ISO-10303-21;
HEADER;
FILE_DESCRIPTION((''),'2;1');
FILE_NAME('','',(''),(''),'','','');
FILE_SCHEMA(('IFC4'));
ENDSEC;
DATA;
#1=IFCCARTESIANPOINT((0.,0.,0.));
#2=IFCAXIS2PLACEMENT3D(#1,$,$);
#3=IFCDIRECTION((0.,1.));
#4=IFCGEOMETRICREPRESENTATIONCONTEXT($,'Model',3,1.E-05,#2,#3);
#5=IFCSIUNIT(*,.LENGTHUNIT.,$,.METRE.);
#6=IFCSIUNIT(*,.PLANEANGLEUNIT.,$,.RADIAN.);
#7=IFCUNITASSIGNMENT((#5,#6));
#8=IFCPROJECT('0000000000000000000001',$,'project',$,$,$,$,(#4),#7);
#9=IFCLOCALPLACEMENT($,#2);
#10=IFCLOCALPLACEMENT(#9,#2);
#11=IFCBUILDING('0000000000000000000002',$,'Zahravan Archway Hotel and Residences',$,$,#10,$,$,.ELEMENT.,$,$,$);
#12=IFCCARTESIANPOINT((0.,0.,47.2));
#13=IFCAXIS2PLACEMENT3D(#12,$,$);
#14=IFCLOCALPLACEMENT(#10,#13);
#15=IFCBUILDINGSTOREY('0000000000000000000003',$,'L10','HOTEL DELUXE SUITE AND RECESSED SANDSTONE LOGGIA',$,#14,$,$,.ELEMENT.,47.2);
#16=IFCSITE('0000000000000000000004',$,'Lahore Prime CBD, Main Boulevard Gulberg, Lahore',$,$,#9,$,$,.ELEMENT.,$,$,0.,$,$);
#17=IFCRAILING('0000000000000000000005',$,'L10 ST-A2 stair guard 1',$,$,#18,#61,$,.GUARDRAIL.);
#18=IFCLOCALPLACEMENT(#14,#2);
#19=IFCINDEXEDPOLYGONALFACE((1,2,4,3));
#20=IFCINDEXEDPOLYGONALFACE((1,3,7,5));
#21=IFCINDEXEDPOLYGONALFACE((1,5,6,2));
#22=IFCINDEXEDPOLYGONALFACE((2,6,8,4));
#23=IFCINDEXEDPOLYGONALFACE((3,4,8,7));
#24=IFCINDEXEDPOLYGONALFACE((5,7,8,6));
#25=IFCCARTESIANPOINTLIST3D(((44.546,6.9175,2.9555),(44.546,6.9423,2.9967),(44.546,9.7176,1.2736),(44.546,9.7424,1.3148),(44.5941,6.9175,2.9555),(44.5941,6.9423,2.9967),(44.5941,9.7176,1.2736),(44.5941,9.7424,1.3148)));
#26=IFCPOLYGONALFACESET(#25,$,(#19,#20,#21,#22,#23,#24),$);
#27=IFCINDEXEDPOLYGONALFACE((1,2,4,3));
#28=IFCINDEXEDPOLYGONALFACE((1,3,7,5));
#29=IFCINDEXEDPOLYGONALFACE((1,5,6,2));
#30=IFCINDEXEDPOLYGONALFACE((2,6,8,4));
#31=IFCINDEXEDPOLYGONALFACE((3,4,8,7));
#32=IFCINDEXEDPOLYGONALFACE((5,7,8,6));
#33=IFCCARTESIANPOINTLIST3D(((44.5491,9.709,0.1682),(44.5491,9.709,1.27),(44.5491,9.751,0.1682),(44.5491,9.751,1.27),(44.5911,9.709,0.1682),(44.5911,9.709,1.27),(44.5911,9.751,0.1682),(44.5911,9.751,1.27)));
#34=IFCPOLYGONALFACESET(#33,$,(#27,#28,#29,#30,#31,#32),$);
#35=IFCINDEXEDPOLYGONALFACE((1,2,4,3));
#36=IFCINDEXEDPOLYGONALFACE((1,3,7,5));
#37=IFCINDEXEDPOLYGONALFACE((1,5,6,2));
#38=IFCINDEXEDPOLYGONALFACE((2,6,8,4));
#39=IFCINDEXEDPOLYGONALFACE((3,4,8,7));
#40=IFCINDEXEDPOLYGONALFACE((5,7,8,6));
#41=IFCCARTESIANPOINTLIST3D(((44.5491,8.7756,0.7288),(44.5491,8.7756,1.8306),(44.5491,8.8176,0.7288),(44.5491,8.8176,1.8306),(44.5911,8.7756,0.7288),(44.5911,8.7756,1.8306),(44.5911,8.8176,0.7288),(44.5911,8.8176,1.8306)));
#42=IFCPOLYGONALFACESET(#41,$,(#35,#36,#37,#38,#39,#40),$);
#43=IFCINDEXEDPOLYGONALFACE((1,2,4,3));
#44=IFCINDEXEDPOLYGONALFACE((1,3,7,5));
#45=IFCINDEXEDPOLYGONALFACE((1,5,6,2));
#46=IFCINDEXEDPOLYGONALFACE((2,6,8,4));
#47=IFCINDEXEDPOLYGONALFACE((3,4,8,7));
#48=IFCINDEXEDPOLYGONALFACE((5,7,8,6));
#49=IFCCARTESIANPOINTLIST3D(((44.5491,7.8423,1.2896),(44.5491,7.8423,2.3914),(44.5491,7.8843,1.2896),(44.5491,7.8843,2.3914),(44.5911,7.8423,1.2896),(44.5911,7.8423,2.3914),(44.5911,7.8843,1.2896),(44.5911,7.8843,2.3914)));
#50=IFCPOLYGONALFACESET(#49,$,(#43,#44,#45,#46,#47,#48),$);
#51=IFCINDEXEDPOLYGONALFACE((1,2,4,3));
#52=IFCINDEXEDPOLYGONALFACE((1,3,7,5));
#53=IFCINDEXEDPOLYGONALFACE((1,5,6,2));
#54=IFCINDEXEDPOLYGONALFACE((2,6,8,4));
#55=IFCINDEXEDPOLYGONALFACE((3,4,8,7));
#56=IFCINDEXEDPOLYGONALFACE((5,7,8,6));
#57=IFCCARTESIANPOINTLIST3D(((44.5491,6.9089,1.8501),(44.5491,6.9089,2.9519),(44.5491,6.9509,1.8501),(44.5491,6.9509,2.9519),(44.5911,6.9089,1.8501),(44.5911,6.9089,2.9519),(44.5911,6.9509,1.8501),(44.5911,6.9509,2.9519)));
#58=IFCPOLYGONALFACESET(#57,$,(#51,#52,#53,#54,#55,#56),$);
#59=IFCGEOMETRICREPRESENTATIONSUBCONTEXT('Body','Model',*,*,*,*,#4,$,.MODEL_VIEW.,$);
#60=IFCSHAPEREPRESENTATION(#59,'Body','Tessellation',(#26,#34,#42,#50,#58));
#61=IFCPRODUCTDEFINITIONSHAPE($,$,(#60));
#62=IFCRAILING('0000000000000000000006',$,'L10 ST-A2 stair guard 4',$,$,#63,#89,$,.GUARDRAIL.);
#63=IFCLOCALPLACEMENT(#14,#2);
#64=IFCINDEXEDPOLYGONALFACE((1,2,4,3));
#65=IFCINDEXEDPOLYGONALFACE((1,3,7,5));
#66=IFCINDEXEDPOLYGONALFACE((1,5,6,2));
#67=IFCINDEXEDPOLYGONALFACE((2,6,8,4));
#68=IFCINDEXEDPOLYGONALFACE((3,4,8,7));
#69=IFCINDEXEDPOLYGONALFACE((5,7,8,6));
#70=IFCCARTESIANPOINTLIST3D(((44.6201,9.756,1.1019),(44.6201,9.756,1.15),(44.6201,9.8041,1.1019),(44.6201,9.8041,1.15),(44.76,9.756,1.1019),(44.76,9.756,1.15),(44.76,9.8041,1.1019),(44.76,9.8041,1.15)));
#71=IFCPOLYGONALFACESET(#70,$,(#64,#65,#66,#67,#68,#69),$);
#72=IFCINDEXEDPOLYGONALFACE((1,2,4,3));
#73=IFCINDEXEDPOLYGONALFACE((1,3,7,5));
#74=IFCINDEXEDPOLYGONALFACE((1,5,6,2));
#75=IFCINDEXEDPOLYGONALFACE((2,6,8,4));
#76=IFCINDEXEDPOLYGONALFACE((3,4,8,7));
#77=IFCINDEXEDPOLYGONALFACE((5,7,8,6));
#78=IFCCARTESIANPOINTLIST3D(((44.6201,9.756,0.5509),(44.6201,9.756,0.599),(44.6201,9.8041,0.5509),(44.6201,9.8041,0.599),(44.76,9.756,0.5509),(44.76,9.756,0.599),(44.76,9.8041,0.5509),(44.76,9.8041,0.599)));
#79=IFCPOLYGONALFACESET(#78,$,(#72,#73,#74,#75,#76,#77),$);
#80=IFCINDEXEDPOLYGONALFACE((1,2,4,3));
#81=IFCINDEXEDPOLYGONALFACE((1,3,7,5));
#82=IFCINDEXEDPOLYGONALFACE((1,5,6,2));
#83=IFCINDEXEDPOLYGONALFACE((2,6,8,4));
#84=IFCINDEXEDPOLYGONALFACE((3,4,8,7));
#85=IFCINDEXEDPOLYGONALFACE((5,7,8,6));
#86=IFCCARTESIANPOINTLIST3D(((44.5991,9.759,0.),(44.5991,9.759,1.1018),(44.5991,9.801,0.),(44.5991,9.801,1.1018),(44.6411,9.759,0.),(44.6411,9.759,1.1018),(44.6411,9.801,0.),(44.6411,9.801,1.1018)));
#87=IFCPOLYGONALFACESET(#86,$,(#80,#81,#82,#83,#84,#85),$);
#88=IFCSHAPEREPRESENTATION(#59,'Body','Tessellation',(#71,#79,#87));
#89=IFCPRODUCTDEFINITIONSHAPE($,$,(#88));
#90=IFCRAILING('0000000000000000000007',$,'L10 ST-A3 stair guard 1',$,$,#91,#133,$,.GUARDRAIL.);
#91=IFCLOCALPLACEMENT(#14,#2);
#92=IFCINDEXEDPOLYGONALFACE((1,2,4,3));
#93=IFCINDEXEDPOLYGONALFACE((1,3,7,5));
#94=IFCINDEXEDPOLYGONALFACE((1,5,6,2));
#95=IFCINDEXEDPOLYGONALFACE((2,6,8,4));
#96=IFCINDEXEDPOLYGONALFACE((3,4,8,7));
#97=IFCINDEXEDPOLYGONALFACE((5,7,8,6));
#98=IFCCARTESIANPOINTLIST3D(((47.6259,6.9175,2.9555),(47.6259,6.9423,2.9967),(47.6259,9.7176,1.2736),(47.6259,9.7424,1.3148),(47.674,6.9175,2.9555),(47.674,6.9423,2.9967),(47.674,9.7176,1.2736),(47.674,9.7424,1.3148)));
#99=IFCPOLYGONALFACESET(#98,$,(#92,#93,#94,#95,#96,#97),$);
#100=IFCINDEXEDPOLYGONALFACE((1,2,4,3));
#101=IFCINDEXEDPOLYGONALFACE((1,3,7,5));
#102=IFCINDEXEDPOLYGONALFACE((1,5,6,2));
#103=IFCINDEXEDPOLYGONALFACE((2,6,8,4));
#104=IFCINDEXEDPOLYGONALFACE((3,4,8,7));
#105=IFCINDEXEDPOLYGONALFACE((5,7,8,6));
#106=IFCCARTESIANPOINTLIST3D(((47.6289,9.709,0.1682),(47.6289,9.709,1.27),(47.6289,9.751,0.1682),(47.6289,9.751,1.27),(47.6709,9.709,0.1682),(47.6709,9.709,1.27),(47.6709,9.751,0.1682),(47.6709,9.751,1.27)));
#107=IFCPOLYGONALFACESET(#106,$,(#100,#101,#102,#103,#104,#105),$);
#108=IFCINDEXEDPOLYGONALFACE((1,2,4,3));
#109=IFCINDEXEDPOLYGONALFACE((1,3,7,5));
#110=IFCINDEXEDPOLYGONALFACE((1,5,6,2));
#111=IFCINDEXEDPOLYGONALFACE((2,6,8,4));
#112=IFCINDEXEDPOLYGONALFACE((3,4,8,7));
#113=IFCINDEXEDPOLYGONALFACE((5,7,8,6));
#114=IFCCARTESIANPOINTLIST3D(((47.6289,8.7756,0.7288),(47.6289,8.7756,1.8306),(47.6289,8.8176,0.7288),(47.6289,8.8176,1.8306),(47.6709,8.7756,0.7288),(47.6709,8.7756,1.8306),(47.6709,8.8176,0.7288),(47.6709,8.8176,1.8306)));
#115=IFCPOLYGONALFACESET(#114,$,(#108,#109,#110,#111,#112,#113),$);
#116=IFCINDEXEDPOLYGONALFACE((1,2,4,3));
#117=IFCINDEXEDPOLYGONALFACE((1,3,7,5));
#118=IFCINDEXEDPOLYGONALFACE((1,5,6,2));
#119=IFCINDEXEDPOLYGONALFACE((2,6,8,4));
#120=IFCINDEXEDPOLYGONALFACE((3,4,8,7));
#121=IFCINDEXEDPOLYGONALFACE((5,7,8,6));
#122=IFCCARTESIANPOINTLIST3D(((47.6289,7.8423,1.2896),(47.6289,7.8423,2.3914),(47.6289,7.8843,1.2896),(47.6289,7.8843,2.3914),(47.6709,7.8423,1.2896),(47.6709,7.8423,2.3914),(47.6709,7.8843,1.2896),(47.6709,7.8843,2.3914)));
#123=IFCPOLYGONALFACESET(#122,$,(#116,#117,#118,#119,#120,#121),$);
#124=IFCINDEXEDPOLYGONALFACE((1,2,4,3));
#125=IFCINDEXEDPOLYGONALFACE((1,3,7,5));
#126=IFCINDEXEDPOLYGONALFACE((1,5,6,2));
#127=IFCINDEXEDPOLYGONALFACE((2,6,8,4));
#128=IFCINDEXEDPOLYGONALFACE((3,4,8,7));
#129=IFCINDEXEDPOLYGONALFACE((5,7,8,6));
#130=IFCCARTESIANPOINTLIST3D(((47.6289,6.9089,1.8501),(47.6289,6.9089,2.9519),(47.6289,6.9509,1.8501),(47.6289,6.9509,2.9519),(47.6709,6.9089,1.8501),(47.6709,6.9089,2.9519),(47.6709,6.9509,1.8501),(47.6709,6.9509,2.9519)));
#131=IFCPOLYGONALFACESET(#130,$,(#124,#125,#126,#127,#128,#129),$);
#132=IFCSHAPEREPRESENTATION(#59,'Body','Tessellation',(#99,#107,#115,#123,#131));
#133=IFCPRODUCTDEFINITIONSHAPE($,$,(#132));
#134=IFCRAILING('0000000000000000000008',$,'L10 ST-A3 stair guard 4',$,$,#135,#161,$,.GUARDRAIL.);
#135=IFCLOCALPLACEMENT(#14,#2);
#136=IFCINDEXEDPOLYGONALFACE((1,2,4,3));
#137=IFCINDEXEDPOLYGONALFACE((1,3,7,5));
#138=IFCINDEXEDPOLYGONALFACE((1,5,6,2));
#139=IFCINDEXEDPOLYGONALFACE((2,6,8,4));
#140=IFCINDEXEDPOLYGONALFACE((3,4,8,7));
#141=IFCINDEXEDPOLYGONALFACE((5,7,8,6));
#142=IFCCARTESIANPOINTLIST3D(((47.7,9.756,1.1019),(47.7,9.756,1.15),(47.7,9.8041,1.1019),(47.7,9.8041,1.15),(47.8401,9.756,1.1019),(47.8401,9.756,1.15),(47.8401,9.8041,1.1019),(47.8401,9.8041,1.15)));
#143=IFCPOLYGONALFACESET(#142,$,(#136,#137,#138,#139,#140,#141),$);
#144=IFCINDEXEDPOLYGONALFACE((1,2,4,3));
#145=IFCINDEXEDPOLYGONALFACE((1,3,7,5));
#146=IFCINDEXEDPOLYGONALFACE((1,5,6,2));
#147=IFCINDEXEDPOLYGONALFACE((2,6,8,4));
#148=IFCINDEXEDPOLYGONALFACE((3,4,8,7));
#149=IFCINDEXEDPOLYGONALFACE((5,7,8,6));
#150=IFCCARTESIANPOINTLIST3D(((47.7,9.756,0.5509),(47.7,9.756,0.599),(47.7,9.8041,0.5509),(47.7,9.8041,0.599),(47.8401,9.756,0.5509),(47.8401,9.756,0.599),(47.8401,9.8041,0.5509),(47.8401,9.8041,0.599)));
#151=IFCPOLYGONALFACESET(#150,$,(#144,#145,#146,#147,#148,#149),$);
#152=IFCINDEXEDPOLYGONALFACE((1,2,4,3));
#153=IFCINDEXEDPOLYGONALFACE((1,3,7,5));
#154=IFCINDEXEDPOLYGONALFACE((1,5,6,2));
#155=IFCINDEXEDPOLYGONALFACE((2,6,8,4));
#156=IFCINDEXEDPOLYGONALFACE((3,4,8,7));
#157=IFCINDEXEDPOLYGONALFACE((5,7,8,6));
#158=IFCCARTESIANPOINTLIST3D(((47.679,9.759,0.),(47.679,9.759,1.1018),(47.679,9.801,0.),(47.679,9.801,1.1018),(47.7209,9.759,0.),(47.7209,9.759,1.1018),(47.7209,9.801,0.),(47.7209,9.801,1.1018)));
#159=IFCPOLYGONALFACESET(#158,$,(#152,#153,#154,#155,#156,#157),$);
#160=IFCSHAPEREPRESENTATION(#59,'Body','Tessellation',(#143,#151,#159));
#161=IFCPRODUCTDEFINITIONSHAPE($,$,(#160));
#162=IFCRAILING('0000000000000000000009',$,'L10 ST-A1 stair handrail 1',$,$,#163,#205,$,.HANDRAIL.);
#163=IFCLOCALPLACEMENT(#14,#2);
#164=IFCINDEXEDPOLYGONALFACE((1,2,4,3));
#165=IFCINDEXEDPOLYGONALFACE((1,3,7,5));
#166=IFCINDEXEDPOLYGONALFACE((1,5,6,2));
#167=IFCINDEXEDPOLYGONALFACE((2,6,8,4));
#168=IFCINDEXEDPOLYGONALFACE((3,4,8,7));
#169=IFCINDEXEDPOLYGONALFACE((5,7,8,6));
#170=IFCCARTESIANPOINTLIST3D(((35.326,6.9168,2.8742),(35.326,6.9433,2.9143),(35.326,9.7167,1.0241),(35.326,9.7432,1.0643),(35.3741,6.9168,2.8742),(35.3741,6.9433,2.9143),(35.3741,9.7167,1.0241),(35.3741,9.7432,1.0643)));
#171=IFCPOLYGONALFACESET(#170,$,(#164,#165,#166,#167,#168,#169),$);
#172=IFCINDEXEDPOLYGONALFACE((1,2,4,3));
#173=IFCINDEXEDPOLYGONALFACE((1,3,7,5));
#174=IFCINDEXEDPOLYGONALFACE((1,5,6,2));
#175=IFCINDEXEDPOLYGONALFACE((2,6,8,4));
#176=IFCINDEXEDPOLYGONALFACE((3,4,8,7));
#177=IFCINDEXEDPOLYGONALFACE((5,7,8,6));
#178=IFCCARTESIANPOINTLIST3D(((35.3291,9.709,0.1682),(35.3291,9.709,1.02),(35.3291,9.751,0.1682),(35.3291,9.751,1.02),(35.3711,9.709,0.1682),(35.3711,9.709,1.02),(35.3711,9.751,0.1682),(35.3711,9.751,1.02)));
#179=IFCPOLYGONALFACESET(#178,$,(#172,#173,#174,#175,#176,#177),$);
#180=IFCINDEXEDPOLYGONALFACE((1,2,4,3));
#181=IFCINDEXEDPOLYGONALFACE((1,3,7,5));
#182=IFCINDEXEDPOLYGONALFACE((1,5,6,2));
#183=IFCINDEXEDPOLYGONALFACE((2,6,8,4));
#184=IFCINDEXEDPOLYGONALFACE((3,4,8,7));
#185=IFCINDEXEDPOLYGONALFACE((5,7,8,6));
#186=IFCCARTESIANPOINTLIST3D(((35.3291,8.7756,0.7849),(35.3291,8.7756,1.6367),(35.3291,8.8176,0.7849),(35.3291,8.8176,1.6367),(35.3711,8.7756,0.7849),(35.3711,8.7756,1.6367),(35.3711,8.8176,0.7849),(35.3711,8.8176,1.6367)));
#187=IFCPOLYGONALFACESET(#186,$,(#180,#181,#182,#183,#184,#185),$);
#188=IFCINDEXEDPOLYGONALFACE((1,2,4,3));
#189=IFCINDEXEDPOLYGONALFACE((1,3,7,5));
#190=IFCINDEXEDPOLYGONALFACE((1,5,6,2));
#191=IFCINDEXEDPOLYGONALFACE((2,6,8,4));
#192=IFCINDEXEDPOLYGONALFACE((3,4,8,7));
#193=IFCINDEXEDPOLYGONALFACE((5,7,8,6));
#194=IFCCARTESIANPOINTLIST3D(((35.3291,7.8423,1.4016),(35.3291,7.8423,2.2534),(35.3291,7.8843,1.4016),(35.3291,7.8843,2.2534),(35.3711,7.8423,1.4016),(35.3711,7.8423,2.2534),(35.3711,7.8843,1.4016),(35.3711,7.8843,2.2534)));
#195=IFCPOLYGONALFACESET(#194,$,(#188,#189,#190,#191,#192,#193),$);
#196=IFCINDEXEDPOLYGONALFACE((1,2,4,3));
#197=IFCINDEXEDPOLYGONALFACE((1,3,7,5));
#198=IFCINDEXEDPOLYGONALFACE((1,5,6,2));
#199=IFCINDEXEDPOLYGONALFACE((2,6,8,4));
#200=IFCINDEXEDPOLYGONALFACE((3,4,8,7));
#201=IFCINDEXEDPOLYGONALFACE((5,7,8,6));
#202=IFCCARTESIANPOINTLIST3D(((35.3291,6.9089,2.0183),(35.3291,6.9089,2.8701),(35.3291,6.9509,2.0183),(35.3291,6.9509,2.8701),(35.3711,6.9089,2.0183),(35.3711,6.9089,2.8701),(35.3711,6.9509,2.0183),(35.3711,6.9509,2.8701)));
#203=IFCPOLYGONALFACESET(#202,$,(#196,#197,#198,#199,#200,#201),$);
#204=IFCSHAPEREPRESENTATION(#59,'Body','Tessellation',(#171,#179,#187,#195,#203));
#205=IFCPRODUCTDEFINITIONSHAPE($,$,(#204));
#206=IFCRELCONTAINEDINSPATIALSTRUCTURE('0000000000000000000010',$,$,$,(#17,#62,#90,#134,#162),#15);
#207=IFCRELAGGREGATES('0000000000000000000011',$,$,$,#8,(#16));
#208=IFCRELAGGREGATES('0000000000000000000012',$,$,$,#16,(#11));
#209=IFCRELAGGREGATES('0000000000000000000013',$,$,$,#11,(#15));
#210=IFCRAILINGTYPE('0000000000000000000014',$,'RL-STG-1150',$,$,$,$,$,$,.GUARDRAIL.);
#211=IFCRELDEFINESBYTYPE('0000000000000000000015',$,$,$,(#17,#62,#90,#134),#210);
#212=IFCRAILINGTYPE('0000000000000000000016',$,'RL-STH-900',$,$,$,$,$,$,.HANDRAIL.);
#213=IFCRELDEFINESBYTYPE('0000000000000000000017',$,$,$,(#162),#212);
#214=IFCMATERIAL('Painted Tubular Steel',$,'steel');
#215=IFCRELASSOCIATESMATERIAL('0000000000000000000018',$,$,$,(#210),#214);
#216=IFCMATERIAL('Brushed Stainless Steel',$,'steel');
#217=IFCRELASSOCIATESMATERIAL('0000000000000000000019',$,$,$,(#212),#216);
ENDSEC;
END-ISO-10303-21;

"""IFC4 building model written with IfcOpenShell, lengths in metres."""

from ifc_helpers import new_model, si_unit, direction, frame, origin, origin_2d, place, context, subcontext, project, spatial, rectangle, extrude, material, type_object, element, save


model = new_model("IFC4")

# Units and contexts
model_context = context("Model", 3, precision=1e-05, world=origin(), true_north=direction((0.0, 1.0)))
body_context = subcontext(model_context, "Body", "Model", "MODEL_VIEW")
ifc_project = project(units=[si_unit("LENGTHUNIT", "METRE"), si_unit("PLANEANGLEUNIT", "RADIAN")], contexts=[model_context])

# Site, building, storey
site_placement = place(None, origin())
site = spatial("IfcSite", under=ifc_project, at=site_placement, Name="Lahore Prime CBD, Main Boulevard Gulberg, Lahore", CompositionType="ELEMENT", RefElevation=0.0)
building_placement = place(site_placement, origin())
building = spatial("IfcBuilding", under=site, at=building_placement, Name="Zahravan Archway Hotel and Residences", CompositionType="ELEMENT")
storey_placement = place(building_placement, frame((0.0, 0.0, 47.2)))
storey = spatial("IfcBuildingStorey", under=building, at=storey_placement, Name="L10", Description="HOTEL DELUXE SUITE AND RECESSED SANDSTONE LOGGIA", CompositionType="ELEMENT", Elevation=47.2)

# Shared definitions
ifc_material_1 = material(Name="Brushed Stainless Steel", Category="steel")

# Railings
ifc_material_2 = material(Name="Painted Tubular Steel", Category="steel")
railing_type_1 = type_object("IfcRailingType", Name="RL-STG-1150", PredefinedType="GUARDRAIL", material=ifc_material_2)
railing_1_placement = place(storey_placement, frame((44.5701, 9.73, 0.1682)))
element("IfcRailing", 1, at=railing_1_placement, inside=storey, type_object=railing_type_1, Name="L10 ST-A2 stair guard 1", PredefinedType="GUARDRAIL", context=body_context, shape_type="SweptSolid", body=[
    extrude(rectangle(XDim=0.0481, YDim=0.0481, at=origin_2d()), frame((0.0, 0.0, 1.126), z_axis=(0.0, -0.857242, 0.514913), x_axis=(1.0, 0.0, 0.0)), (0.0, 0.0, 1.0), 3.2664),
    extrude(rectangle(XDim=0.042, YDim=0.042, at=origin_2d()), origin(), (0.0, 0.0, 1.0), 1.1018),
    extrude(rectangle(XDim=0.042, YDim=0.042, at=origin_2d()), frame((0.0, -0.9333, 0.5605)), (0.0, 0.0, 1.0), 1.1018),
    extrude(rectangle(XDim=0.042, YDim=0.042, at=origin_2d()), frame((0.0, -1.8667, 1.1213)), (0.0, 0.0, 1.0), 1.1018),
    extrude(rectangle(XDim=0.042, YDim=0.042, at=origin_2d()), frame((0.0, -2.8, 1.6819)), (0.0, 0.0, 1.0), 1.1018),
])
railing_2_placement = place(storey_placement, frame((44.6201, 9.78, 0.0)))
element("IfcRailing", 2, at=railing_2_placement, inside=storey, type_object=railing_type_1, Name="L10 ST-A2 stair guard 4", PredefinedType="GUARDRAIL", context=body_context, shape_type="SweptSolid", body=[
    extrude(rectangle(XDim=0.0481, YDim=0.0481, at=origin_2d()), frame((0.0, 0.0, 1.126), z_axis=(1.0, 0.0, 0.0), x_axis=(0.0, 1.0, 0.0)), (0.0, 0.0, 1.0), 0.1399),
    extrude(rectangle(XDim=0.0481, YDim=0.0481, at=origin_2d()), frame((0.0, 0.0, 0.575), z_axis=(1.0, 0.0, 0.0), x_axis=(0.0, 1.0, 0.0)), (0.0, 0.0, 1.0), 0.1399),
    extrude(rectangle(XDim=0.042, YDim=0.042, at=origin_2d()), origin(), (0.0, 0.0, 1.0), 1.1018),
])
railing_3_placement = place(storey_placement, frame((47.6499, 9.73, 0.1682)))
element("IfcRailing", 3, at=railing_3_placement, inside=storey, type_object=railing_type_1, Name="L10 ST-A3 stair guard 1", PredefinedType="GUARDRAIL", context=body_context, shape_type="SweptSolid", body=[
    extrude(rectangle(XDim=0.0481, YDim=0.0481, at=origin_2d()), frame((0.0, 0.0, 1.126), z_axis=(0.0, -0.857242, 0.514913), x_axis=(1.0, 0.0, 0.0)), (0.0, 0.0, 1.0), 3.2664),
    extrude(rectangle(XDim=0.042, YDim=0.042, at=origin_2d()), origin(), (0.0, 0.0, 1.0), 1.1018),
    extrude(rectangle(XDim=0.042, YDim=0.042, at=origin_2d()), frame((0.0, -0.9333, 0.5605)), (0.0, 0.0, 1.0), 1.1018),
    extrude(rectangle(XDim=0.042, YDim=0.042, at=origin_2d()), frame((0.0, -1.8667, 1.1213)), (0.0, 0.0, 1.0), 1.1018),
    extrude(rectangle(XDim=0.042, YDim=0.042, at=origin_2d()), frame((0.0, -2.8, 1.6819)), (0.0, 0.0, 1.0), 1.1018),
])
railing_4_placement = place(storey_placement, frame((47.7, 9.78, 0.0)))
element("IfcRailing", 4, at=railing_4_placement, inside=storey, type_object=railing_type_1, Name="L10 ST-A3 stair guard 4", PredefinedType="GUARDRAIL", context=body_context, shape_type="SweptSolid", body=[
    extrude(rectangle(XDim=0.0481, YDim=0.0481, at=origin_2d()), frame((0.0, 0.0, 1.126), z_axis=(1.0, 0.0, 0.0), x_axis=(0.0, 1.0, 0.0)), (0.0, 0.0, 1.0), 0.1401),
    extrude(rectangle(XDim=0.0481, YDim=0.0481, at=origin_2d()), frame((0.0, 0.0, 0.575), z_axis=(1.0, 0.0, 0.0), x_axis=(0.0, 1.0, 0.0)), (0.0, 0.0, 1.0), 0.1401),
    extrude(rectangle(XDim=0.042, YDim=0.042, at=origin_2d()), origin(), (0.0, 0.0, 1.0), 1.1018),
])
railing_type_2 = type_object("IfcRailingType", Name="RL-STH-900", PredefinedType="HANDRAIL", material=ifc_material_1)
for number, where, name in (
    (5, (35.3501, 9.73, 0.1682), "L10 ST-A1 stair handrail 1"),
):
    element("IfcRailing", number, at=place(storey_placement, frame(where)), inside=storey, type_object=railing_type_2, Name=name, PredefinedType="HANDRAIL", context=body_context, shape_type="SweptSolid", body=[
        extrude(rectangle(XDim=0.0481, YDim=0.0481, at=origin_2d()), frame((0.0, 0.0, 0.876), z_axis=(0.0, -0.834326, 0.551271), x_axis=(1.0, 0.0, 0.0)), (0.0, 0.0, 1.0), 3.356),
        extrude(rectangle(XDim=0.042, YDim=0.042, at=origin_2d()), origin(), (0.0, 0.0, 1.0), 0.8518),
        extrude(rectangle(XDim=0.042, YDim=0.042, at=origin_2d()), frame((0.0, -0.9333, 0.6167)), (0.0, 0.0, 1.0), 0.8518),
        extrude(rectangle(XDim=0.042, YDim=0.042, at=origin_2d()), frame((0.0, -1.8667, 1.2334)), (0.0, 0.0, 1.0), 0.8518),
        extrude(rectangle(XDim=0.042, YDim=0.042, at=origin_2d()), frame((0.0, -2.8, 1.8501)), (0.0, 0.0, 1.0), 0.8518),
    ])

save(model, "model.ifc")
